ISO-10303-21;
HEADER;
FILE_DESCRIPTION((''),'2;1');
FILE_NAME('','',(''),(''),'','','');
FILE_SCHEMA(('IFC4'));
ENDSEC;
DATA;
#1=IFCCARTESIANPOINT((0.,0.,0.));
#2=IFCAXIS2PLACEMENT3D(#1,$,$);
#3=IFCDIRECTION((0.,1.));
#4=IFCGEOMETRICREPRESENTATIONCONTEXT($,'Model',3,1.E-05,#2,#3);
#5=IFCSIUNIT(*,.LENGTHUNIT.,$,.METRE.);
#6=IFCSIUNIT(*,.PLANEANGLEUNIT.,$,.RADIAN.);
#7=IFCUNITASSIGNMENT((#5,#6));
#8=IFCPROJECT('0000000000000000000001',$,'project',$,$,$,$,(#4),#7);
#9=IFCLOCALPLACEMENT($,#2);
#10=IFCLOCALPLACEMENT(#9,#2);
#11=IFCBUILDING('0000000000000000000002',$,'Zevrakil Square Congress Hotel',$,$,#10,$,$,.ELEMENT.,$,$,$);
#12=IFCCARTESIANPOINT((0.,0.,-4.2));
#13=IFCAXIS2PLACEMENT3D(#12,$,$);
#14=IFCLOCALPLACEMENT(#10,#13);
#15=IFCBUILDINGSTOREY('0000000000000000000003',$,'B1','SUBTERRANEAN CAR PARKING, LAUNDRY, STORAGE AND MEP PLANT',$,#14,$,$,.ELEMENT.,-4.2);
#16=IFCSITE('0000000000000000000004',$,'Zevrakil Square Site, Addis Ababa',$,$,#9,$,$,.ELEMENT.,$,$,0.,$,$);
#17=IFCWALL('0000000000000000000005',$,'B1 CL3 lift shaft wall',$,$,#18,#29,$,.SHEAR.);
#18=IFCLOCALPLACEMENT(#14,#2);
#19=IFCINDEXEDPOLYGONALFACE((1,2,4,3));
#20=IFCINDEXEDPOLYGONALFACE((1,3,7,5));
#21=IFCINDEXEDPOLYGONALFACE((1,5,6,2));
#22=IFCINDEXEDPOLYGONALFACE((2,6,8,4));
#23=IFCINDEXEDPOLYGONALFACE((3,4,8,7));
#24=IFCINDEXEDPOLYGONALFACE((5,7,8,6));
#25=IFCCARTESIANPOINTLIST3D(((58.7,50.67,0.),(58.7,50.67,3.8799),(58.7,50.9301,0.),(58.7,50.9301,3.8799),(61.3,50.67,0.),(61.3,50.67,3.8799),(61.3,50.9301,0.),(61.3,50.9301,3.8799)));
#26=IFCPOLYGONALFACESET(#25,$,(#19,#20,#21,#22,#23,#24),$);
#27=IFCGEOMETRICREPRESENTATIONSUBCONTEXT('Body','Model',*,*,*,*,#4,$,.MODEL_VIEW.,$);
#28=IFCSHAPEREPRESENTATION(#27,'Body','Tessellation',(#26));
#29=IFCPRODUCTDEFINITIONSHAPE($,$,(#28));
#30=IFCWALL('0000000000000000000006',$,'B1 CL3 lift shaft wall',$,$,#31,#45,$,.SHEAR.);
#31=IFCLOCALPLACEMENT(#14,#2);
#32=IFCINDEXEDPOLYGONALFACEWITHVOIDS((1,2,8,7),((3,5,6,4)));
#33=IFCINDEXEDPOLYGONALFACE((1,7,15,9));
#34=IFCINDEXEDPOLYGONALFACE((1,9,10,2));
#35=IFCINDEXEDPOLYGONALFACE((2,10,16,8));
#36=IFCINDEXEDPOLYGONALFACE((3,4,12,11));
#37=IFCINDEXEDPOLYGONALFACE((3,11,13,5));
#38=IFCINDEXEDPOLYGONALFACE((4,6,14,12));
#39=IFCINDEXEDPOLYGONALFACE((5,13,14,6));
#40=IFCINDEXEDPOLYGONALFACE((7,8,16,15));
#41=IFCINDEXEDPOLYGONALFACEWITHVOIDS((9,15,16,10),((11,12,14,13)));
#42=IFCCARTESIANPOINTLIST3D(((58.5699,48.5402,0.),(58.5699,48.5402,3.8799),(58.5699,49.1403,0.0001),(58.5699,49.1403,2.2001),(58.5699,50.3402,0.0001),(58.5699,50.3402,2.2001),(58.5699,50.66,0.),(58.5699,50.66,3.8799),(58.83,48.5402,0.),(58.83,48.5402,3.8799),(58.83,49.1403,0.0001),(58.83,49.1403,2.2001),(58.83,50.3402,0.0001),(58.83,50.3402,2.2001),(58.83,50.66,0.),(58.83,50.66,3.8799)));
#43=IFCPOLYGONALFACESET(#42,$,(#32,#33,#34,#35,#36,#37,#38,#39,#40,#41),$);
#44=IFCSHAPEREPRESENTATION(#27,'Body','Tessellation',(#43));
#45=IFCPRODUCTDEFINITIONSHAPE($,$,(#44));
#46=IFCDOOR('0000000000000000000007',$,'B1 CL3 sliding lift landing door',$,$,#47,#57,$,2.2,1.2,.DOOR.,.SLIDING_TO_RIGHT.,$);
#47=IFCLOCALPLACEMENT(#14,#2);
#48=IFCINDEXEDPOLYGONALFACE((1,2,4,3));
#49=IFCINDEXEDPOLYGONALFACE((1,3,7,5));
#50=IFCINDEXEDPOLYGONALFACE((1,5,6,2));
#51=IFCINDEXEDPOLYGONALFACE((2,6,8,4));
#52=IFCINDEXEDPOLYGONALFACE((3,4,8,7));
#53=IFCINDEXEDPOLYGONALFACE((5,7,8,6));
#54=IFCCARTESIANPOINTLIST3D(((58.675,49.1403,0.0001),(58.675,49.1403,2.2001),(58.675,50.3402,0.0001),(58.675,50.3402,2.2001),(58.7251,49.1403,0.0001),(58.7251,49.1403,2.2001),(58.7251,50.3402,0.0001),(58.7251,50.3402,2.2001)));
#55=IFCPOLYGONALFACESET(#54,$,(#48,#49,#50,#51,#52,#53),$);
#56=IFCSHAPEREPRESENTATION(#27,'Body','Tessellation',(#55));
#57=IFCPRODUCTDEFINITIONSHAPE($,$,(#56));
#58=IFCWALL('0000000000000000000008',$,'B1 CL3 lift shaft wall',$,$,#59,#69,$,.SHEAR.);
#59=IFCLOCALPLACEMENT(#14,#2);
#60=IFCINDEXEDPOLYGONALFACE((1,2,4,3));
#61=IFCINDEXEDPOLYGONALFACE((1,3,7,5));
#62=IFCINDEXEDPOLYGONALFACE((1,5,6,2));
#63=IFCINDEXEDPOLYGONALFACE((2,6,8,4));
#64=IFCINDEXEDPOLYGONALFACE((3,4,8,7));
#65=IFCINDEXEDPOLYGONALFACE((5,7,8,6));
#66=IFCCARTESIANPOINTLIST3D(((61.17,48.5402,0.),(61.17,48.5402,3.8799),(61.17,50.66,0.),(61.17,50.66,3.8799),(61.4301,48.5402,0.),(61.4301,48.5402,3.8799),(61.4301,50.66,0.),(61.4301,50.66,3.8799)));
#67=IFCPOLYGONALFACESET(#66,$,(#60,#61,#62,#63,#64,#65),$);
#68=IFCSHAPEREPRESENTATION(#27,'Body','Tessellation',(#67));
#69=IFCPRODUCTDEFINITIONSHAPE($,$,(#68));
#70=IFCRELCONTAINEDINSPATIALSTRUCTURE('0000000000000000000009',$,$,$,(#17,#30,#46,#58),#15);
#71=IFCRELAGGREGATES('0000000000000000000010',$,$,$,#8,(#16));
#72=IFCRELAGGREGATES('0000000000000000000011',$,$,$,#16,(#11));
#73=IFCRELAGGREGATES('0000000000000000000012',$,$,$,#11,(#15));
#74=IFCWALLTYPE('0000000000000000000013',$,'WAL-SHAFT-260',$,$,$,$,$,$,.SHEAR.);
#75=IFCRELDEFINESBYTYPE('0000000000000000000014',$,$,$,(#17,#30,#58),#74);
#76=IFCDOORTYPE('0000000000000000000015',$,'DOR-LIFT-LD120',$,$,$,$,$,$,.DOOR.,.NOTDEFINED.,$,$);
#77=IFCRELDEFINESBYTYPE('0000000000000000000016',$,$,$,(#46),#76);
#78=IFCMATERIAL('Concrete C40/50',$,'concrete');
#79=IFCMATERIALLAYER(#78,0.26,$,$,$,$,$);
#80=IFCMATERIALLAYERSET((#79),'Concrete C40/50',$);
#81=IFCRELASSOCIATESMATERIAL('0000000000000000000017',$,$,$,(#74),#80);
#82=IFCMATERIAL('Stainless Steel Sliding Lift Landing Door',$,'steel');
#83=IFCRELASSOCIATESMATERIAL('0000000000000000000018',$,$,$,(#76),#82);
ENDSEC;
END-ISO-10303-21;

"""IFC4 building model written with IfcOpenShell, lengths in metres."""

from ifc_helpers import new_model, si_unit, direction, frame, frame_2d, origin, place, context, subcontext, project, spatial, rectangle, extrude, material, layer, layer_set, type_object, element, fill, save


model = new_model("IFC4")

# Units and contexts
model_context = context("Model", 3, precision=1e-05, world=origin(), true_north=direction((0.0, 1.0)))
body_context = subcontext(model_context, "Body", "Model", "MODEL_VIEW")
ifc_project = project(units=[si_unit("LENGTHUNIT", "METRE"), si_unit("PLANEANGLEUNIT", "RADIAN")], contexts=[model_context])

# Site, building, storey
site_placement = place(None, origin())
site = spatial("IfcSite", under=ifc_project, at=site_placement, Name="Zevrakil Square Site, Addis Ababa", CompositionType="ELEMENT", RefElevation=0.0)
building_placement = place(site_placement, origin())
building = spatial("IfcBuilding", under=site, at=building_placement, Name="Zevrakil Square Congress Hotel", CompositionType="ELEMENT")
storey_placement = place(building_placement, frame((0.0, 0.0, -4.2)))
storey = spatial("IfcBuildingStorey", under=building, at=storey_placement, Name="B1", Description="SUBTERRANEAN CAR PARKING, LAUNDRY, STORAGE AND MEP PLANT", CompositionType="ELEMENT", Elevation=-4.2)

# Shared definitions
ifc_material_1 = material(Name="Concrete C40/50", Category="concrete")
ifc_layer = layer(ifc_material_1, 0.26)
ifc_layer_set = layer_set([ifc_layer], Name="Concrete C40/50")
wall_type = type_object("IfcWallType", Name="WAL-SHAFT-260", PredefinedType="SHEAR", material=ifc_layer_set)

# Wall
wall_1_placement = place(storey_placement, frame((58.7, 50.8, 0.0), z_axis=(0.0, 0.0, 1.0), x_axis=(1.0, 0.0, 0.0)))
element("IfcWall", 1, at=wall_1_placement, inside=storey, type_object=wall_type, Name="B1 CL3 lift shaft wall", PredefinedType="SHEAR", context=body_context, shape_type="SweptSolid", body=[
    extrude(rectangle(XDim=2.6001, YDim=0.26, at=frame_2d((1.3, 0.0))), origin(), (0.0, 0.0, 1.0), 3.8799),
])

# Wall, opening, door
wall_2_placement = place(storey_placement, frame((58.7, 48.54, 0.0), z_axis=(0.0, 0.0, 1.0), x_axis=(0.0, 1.0, 0.0)))
wall_2 = element("IfcWall", 2, at=wall_2_placement, inside=storey, type_object=wall_type, Name="B1 CL3 lift shaft wall", PredefinedType="SHEAR", context=body_context, shape_type="SweptSolid", body=[
    extrude(rectangle(XDim=2.1199, YDim=0.26, at=frame_2d((1.0601, 0.0))), origin(), (0.0, 0.0, 1.0), 3.8799),
])
opening_1_placement = place(wall_2_placement, frame((0.6001, 0.0, 0.0)))
opening_1 = element("IfcOpeningElement", 3, at=opening_1_placement, cuts=wall_2, PredefinedType="OPENING", context=body_context, shape_type="SweptSolid", body=[
    extrude(rectangle(XDim=1.2, YDim=2.2, at=frame_2d((0.6001, 1.1001))), frame((0.0, 0.1401, 0.0), z_axis=(0.0, -1.0, 0.0), x_axis=(1.0, 0.0, 0.0)), (0.0, 0.0, 1.0), 0.28),
])
ifc_material_2 = material(Name="Stainless Steel Sliding Lift Landing Door", Category="steel")
door_type_1 = type_object("IfcDoorType", Name="DOR-LIFT-LD120", OperationType="NOTDEFINED", PredefinedType="DOOR", material=ifc_material_2)
door_1_placement = place(opening_1_placement, origin())
door_1 = element("IfcDoor", 4, at=door_1_placement, inside=storey, type_object=door_type_1, Name="B1 CL3 sliding lift landing door", OperationType="SLIDING_TO_RIGHT", OverallHeight=2.2, OverallWidth=1.2, PredefinedType="DOOR", context=body_context, shape_type="SweptSolid", body=[
    extrude(rectangle(XDim=1.2, YDim=2.2, at=frame_2d((0.6001, 1.1001))), frame((0.0, 0.0249, 0.0), z_axis=(0.0, -1.0, 0.0), x_axis=(1.0, 0.0, 0.0)), (0.0, 0.0, 1.0), 0.05),
])
fill(opening_1, door_1)

# Wall
wall_3_placement = place(storey_placement, frame((61.3, 48.54, 0.0), z_axis=(0.0, 0.0, 1.0), x_axis=(0.0, 1.0, 0.0)))
element("IfcWall", 5, at=wall_3_placement, inside=storey, type_object=wall_type, Name="B1 CL3 lift shaft wall", PredefinedType="SHEAR", context=body_context, shape_type="SweptSolid", body=[
    extrude(rectangle(XDim=2.1199, YDim=0.26, at=frame_2d((1.0601, 0.0))), origin(), (0.0, 0.0, 1.0), 3.8799),
])

save(model, "model.ifc")
